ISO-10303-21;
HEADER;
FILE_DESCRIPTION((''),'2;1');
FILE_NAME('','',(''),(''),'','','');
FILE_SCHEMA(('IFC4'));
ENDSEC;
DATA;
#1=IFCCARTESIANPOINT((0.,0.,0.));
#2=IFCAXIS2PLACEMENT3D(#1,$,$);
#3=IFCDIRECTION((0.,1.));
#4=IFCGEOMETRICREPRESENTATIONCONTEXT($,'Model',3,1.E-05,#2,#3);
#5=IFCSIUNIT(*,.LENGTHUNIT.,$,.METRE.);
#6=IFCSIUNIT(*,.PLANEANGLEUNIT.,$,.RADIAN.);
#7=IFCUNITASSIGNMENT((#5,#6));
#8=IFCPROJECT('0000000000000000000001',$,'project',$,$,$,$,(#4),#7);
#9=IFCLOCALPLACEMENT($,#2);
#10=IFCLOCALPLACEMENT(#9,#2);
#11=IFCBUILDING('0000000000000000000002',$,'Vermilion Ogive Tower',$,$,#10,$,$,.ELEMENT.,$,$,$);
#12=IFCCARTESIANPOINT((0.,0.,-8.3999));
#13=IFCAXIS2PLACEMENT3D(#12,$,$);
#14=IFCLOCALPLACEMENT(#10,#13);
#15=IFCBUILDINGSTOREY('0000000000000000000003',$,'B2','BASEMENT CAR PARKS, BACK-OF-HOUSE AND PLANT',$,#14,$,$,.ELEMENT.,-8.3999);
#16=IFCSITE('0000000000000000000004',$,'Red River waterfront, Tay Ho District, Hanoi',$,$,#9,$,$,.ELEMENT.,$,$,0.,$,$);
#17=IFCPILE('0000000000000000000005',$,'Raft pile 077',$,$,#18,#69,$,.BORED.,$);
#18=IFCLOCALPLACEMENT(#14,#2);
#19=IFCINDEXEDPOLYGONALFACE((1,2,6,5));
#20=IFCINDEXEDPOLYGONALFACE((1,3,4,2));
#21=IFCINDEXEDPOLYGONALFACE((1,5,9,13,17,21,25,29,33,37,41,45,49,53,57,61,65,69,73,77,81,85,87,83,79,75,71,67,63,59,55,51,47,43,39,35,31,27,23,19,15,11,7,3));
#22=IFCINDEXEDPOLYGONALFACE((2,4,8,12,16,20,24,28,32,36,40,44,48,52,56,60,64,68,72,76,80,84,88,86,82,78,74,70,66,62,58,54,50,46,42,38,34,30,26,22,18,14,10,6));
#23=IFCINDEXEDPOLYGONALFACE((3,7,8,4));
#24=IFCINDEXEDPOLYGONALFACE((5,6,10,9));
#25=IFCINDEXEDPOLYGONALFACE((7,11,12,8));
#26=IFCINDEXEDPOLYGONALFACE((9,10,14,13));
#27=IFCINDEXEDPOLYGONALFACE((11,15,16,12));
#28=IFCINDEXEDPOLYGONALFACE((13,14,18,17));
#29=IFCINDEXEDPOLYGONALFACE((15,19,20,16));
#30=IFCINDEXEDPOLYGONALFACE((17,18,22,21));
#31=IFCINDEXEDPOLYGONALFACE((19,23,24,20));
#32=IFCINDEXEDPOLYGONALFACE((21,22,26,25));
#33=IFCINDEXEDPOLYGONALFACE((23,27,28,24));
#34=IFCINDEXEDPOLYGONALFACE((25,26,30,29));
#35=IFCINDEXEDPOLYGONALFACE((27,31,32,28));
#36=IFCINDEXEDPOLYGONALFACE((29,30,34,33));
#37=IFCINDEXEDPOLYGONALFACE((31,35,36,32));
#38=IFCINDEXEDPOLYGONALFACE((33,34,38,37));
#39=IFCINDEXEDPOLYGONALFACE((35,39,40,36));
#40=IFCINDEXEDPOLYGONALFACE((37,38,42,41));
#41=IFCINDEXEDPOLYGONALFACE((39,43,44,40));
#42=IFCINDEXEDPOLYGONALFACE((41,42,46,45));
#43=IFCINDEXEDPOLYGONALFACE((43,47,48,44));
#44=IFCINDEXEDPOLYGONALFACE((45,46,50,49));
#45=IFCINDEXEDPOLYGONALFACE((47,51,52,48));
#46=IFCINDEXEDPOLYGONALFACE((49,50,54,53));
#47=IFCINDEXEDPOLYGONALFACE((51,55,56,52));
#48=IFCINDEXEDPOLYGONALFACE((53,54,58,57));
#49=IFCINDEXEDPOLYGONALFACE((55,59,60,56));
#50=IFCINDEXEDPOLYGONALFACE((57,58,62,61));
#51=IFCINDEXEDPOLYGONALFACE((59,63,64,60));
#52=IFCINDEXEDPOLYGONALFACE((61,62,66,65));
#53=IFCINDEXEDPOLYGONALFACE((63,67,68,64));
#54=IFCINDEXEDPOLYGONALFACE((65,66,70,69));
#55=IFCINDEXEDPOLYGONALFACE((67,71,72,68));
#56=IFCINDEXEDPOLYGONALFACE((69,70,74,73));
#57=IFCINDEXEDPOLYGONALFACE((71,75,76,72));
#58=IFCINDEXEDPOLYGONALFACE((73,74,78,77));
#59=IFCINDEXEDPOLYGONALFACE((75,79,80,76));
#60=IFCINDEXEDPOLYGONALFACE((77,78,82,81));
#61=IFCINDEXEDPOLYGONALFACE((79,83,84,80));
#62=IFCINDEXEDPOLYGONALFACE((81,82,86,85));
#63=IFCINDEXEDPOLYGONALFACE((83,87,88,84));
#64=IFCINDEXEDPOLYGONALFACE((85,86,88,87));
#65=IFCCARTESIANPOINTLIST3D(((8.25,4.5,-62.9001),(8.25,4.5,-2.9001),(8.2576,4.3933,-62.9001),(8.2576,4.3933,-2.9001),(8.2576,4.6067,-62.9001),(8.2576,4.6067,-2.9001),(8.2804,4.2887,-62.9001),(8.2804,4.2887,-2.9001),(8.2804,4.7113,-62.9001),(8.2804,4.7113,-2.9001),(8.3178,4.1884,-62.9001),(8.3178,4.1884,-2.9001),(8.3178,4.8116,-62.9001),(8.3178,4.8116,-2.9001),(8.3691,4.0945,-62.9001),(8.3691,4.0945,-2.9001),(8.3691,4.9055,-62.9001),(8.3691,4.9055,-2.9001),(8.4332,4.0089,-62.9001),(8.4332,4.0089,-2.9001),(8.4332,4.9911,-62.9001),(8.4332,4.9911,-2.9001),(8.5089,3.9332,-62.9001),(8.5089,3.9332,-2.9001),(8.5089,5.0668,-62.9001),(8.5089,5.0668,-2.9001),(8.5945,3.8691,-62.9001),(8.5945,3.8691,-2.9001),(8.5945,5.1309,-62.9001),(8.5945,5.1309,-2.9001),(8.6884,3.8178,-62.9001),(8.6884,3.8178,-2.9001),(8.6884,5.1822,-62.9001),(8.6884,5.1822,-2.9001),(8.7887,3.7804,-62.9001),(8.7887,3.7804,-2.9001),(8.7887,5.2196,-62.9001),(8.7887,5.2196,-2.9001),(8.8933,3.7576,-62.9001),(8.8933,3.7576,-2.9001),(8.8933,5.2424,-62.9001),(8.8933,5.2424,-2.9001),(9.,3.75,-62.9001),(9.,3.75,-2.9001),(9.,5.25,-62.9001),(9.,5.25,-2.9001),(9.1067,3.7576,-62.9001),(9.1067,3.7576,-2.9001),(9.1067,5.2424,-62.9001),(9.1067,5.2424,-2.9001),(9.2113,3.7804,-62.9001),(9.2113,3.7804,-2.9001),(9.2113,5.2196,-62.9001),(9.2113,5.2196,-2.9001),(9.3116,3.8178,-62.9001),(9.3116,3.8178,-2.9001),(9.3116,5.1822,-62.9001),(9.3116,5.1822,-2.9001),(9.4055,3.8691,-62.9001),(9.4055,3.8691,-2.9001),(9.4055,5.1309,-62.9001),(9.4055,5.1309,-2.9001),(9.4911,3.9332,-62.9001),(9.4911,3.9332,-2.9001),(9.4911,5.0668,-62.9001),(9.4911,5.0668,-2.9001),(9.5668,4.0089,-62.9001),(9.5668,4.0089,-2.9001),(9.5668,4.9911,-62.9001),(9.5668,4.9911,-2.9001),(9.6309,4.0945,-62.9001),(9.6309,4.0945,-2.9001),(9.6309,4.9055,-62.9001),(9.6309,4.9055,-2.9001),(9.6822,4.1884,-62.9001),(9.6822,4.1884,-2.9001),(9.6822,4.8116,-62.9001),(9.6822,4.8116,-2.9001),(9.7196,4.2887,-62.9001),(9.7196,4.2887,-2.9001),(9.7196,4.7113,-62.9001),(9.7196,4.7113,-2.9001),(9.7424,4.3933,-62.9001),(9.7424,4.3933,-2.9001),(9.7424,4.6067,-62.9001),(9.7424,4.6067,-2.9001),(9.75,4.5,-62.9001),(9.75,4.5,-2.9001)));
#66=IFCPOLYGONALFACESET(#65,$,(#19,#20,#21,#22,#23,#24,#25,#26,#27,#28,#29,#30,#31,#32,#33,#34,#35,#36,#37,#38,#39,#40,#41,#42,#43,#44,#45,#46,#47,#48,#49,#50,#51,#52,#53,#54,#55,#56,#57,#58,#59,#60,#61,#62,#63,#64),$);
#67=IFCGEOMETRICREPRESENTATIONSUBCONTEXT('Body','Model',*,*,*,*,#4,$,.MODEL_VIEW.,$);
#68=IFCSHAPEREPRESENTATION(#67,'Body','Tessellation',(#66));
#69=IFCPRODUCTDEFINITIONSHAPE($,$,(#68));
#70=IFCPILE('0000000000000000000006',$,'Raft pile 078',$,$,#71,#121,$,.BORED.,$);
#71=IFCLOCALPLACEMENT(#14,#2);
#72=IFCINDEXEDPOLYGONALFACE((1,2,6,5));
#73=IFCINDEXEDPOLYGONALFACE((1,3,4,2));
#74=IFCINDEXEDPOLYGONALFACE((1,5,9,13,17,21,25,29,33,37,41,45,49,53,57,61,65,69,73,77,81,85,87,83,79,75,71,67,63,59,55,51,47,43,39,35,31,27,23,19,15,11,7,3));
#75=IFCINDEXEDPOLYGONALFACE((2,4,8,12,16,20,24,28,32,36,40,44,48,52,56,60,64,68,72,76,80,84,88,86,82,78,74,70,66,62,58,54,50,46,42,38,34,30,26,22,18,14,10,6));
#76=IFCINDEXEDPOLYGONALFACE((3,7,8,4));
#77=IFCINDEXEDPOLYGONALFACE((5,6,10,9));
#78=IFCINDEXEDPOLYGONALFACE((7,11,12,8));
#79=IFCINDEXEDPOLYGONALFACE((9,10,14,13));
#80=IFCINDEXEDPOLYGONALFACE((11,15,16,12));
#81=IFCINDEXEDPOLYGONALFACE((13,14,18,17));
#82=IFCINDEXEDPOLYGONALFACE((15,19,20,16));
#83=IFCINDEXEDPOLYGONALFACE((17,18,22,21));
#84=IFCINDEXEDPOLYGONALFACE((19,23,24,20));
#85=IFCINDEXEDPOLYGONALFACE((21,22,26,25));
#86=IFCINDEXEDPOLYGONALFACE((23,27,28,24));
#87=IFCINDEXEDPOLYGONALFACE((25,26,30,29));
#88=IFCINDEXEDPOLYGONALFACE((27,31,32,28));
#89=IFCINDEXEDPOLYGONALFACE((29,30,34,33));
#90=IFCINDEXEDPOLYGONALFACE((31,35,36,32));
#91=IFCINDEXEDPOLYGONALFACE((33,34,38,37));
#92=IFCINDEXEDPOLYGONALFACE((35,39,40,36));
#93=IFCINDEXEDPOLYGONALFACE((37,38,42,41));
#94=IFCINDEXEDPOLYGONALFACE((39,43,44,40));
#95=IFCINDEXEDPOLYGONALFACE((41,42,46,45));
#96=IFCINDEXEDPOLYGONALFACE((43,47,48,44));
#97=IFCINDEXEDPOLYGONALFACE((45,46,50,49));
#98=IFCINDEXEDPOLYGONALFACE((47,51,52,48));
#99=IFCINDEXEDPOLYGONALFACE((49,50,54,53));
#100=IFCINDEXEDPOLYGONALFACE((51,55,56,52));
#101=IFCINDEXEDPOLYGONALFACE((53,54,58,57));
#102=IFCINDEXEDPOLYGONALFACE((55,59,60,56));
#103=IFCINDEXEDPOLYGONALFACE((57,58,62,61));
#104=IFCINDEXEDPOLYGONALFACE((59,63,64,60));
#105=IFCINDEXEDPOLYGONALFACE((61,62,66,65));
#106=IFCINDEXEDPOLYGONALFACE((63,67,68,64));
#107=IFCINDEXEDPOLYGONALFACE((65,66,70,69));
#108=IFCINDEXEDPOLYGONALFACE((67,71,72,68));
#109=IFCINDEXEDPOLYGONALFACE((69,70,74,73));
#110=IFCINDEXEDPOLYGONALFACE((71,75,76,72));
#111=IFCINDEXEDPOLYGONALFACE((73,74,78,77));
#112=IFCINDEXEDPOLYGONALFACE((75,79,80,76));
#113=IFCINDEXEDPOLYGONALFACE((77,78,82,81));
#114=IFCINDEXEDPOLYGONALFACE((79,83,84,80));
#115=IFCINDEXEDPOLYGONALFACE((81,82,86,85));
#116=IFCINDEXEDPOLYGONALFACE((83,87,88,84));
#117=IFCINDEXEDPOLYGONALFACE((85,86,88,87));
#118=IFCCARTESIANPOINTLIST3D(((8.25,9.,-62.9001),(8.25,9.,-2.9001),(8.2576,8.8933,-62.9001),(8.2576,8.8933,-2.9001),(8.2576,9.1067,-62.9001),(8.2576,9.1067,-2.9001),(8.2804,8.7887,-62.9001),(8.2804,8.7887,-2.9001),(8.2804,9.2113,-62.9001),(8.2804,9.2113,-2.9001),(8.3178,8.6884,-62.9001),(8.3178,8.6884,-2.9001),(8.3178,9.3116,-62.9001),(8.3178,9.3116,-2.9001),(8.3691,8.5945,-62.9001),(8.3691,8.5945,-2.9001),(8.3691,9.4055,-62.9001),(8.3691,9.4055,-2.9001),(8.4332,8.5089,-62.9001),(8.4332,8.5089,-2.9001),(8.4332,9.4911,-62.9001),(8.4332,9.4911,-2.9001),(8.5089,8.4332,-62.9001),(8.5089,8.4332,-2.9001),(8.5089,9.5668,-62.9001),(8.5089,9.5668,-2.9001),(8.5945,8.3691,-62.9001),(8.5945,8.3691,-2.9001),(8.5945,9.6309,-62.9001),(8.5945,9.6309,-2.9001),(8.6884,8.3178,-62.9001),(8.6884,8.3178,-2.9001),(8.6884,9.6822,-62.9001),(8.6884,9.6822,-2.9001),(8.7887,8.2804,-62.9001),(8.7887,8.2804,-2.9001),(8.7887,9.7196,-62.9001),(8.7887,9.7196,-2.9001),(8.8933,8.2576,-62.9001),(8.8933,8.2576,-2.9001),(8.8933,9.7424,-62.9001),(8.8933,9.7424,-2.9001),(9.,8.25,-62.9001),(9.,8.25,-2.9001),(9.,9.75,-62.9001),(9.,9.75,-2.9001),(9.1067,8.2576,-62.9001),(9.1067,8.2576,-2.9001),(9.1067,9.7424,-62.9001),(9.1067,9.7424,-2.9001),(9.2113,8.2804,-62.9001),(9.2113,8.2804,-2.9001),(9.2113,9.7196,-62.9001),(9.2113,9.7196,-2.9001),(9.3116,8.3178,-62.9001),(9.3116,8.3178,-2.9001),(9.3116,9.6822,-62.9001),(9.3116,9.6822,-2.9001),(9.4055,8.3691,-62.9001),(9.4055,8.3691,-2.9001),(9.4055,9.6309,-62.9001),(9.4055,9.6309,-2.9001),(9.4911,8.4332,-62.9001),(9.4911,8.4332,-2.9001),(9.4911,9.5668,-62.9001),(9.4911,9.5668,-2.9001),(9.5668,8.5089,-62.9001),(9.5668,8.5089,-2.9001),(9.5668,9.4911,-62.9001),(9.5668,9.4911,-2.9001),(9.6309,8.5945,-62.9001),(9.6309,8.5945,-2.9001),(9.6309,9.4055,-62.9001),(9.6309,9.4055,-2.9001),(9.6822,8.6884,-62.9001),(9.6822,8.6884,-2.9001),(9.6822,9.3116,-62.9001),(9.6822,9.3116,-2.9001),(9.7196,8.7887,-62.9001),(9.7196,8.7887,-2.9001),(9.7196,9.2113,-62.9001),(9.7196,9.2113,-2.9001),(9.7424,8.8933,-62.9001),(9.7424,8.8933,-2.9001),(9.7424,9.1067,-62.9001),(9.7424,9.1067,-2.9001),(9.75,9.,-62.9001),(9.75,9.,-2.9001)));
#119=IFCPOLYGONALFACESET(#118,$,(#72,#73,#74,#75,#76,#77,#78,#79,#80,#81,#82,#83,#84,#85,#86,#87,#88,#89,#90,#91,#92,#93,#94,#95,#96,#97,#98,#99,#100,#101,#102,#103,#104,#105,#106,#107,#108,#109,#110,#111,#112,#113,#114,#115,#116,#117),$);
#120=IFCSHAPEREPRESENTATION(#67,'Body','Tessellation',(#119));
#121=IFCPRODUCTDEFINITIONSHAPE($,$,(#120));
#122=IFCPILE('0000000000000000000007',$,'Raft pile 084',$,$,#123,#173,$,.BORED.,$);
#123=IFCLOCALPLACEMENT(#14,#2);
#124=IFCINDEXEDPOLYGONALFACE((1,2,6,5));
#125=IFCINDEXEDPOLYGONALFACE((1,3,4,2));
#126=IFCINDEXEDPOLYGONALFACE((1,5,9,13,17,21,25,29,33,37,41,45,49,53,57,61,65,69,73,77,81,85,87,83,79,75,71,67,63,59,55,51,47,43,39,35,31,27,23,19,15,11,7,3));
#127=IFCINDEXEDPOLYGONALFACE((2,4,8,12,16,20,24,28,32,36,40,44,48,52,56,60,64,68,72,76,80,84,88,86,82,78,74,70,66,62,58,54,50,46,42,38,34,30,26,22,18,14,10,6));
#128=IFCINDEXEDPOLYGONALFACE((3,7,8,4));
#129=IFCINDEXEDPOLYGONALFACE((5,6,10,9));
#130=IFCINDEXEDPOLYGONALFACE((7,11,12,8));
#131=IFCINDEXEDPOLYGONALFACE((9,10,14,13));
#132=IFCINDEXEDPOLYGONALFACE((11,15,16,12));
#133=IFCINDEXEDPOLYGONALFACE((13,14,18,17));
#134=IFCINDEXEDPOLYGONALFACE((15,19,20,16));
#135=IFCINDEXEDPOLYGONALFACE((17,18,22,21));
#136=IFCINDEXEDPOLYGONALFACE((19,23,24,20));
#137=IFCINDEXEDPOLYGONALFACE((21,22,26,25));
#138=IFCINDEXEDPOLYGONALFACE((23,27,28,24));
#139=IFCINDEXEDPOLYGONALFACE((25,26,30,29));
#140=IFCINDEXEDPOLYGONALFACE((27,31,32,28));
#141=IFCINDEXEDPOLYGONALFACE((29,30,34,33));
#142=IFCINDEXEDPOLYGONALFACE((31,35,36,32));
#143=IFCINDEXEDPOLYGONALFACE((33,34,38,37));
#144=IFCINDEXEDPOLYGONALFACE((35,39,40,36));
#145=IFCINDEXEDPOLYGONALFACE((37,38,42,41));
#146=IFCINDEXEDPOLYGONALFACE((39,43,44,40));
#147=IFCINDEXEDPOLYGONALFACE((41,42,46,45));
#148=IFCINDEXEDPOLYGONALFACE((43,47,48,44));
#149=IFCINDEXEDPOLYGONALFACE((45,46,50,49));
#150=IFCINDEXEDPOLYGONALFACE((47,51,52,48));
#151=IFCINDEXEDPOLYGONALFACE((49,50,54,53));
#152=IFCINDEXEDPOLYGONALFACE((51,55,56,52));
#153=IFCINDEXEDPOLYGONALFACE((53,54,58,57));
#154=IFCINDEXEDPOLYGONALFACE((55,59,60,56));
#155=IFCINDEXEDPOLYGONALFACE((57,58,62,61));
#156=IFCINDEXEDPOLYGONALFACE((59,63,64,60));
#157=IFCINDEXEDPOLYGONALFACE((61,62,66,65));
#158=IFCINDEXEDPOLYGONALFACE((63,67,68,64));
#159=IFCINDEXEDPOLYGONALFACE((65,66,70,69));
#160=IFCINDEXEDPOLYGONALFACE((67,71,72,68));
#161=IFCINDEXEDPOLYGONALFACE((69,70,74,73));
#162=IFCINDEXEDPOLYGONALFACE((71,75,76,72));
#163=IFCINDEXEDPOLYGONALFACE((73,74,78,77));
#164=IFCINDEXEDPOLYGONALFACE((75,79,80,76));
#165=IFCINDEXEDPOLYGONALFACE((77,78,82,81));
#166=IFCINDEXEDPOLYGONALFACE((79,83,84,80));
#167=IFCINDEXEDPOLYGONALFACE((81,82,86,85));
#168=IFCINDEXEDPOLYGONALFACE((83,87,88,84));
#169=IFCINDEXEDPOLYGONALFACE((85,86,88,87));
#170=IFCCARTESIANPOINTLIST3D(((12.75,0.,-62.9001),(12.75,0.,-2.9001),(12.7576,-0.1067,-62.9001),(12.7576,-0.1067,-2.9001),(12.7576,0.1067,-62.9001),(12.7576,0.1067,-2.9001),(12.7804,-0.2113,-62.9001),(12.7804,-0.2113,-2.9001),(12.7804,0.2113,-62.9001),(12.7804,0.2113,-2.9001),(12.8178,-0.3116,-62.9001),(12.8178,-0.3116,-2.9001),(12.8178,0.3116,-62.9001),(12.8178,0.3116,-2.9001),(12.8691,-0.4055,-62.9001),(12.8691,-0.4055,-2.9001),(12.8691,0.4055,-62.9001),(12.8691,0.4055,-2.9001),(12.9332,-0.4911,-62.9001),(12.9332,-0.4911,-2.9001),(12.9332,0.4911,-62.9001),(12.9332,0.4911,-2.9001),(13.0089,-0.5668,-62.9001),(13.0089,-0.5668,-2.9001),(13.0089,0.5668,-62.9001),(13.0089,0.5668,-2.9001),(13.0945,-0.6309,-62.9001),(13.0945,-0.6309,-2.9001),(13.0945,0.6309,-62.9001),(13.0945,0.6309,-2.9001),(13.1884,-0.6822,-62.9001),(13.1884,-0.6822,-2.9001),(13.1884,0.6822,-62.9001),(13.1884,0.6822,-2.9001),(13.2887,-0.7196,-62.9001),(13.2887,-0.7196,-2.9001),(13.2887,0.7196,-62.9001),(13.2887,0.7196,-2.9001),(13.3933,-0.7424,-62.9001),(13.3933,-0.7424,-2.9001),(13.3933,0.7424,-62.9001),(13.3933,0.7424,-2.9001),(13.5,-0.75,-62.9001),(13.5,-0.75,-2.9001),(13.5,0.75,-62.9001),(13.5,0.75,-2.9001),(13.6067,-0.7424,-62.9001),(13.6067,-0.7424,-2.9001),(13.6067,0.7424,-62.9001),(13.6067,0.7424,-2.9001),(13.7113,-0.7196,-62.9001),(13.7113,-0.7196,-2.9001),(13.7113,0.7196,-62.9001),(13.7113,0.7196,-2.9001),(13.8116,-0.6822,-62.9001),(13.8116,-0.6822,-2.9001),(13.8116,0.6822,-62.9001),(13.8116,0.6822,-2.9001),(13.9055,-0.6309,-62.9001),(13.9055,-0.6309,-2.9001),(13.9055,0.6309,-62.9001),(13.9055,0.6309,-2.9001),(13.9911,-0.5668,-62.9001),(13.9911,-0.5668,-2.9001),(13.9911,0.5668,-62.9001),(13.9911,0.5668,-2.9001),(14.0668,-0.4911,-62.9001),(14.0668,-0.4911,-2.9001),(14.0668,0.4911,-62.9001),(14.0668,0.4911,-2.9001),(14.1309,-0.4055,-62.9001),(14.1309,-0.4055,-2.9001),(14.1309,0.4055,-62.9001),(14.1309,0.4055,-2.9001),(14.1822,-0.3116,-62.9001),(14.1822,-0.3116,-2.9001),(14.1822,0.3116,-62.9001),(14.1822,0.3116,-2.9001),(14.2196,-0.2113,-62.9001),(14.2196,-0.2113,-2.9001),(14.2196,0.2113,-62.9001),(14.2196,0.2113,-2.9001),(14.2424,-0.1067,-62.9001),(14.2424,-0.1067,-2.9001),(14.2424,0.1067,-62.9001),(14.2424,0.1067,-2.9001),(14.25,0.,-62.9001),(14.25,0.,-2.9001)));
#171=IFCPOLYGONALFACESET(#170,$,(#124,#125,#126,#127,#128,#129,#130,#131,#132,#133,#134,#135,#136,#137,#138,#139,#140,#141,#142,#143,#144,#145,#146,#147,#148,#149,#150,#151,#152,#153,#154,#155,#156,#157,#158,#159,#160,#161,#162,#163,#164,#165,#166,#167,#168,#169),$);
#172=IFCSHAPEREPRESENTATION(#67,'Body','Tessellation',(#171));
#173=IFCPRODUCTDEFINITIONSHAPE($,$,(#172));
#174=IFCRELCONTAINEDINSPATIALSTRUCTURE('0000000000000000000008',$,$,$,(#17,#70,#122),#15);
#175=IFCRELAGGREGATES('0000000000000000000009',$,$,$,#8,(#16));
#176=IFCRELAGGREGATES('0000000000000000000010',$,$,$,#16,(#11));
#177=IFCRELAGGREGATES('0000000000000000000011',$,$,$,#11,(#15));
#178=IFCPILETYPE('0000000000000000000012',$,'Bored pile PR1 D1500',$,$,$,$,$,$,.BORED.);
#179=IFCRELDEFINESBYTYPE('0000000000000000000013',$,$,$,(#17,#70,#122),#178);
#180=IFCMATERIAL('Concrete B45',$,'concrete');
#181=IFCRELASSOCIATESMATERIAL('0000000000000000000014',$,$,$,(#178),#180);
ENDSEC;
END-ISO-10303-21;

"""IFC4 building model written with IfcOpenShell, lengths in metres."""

from ifc_helpers import new_model, si_unit, direction, frame, origin, origin_2d, place, context, subcontext, project, spatial, circle, extrude, material, type_object, element, save


model = new_model("IFC4")

# Units and contexts
model_context = context("Model", 3, precision=1e-05, world=origin(), true_north=direction((0.0, 1.0)))
body_context = subcontext(model_context, "Body", "Model", "MODEL_VIEW")
ifc_project = project(units=[si_unit("LENGTHUNIT", "METRE"), si_unit("PLANEANGLEUNIT", "RADIAN")], contexts=[model_context])

# Site, building, storey
site_placement = place(None, origin())
site = spatial("IfcSite", under=ifc_project, at=site_placement, Name="Red River waterfront, Tay Ho District, Hanoi", CompositionType="ELEMENT", RefElevation=0.0)
building_placement = place(site_placement, origin())
building = spatial("IfcBuilding", under=site, at=building_placement, Name="Vermilion Ogive Tower", CompositionType="ELEMENT")
storey_placement = place(building_placement, frame((0.0, 0.0, -8.3999)))
storey = spatial("IfcBuildingStorey", under=building, at=storey_placement, Name="B2", Description="BASEMENT CAR PARKS, BACK-OF-HOUSE AND PLANT", CompositionType="ELEMENT", Elevation=-8.3999)

# Piles
ifc_material_1 = material(Name="Concrete B45", Category="concrete")
pile_type = type_object("IfcPileType", Name="Bored pile PR1 D1500", PredefinedType="BORED", material=ifc_material_1)
for number, where, z_axis, x_axis, name in (
    (1, (9.0, 4.5, -2.9001), (0.0, 0.0, -1.0), (1.0, 0.0, 0.0), "Raft pile 077"),
    (2, (9.0, 9.0, -2.9001), (0.0, 0.0, -1.0), (1.0, 0.0, 0.0), "Raft pile 078"),
    (3, (13.5, 0.0, -2.9001), (0.0, 0.0, -1.0), (1.0, 0.0, 0.0), "Raft pile 084"),
):
    element("IfcPile", number, at=place(storey_placement, frame(where, z_axis=z_axis, x_axis=x_axis)), inside=storey, type_object=pile_type, Name=name, PredefinedType="BORED", context=body_context, shape_type="SweptSolid", body=[
        extrude(circle(Radius=0.75, at=origin_2d()), origin(), (0.0, 0.0, 1.0), 60.0),
    ])

save(model, "model.ifc")
